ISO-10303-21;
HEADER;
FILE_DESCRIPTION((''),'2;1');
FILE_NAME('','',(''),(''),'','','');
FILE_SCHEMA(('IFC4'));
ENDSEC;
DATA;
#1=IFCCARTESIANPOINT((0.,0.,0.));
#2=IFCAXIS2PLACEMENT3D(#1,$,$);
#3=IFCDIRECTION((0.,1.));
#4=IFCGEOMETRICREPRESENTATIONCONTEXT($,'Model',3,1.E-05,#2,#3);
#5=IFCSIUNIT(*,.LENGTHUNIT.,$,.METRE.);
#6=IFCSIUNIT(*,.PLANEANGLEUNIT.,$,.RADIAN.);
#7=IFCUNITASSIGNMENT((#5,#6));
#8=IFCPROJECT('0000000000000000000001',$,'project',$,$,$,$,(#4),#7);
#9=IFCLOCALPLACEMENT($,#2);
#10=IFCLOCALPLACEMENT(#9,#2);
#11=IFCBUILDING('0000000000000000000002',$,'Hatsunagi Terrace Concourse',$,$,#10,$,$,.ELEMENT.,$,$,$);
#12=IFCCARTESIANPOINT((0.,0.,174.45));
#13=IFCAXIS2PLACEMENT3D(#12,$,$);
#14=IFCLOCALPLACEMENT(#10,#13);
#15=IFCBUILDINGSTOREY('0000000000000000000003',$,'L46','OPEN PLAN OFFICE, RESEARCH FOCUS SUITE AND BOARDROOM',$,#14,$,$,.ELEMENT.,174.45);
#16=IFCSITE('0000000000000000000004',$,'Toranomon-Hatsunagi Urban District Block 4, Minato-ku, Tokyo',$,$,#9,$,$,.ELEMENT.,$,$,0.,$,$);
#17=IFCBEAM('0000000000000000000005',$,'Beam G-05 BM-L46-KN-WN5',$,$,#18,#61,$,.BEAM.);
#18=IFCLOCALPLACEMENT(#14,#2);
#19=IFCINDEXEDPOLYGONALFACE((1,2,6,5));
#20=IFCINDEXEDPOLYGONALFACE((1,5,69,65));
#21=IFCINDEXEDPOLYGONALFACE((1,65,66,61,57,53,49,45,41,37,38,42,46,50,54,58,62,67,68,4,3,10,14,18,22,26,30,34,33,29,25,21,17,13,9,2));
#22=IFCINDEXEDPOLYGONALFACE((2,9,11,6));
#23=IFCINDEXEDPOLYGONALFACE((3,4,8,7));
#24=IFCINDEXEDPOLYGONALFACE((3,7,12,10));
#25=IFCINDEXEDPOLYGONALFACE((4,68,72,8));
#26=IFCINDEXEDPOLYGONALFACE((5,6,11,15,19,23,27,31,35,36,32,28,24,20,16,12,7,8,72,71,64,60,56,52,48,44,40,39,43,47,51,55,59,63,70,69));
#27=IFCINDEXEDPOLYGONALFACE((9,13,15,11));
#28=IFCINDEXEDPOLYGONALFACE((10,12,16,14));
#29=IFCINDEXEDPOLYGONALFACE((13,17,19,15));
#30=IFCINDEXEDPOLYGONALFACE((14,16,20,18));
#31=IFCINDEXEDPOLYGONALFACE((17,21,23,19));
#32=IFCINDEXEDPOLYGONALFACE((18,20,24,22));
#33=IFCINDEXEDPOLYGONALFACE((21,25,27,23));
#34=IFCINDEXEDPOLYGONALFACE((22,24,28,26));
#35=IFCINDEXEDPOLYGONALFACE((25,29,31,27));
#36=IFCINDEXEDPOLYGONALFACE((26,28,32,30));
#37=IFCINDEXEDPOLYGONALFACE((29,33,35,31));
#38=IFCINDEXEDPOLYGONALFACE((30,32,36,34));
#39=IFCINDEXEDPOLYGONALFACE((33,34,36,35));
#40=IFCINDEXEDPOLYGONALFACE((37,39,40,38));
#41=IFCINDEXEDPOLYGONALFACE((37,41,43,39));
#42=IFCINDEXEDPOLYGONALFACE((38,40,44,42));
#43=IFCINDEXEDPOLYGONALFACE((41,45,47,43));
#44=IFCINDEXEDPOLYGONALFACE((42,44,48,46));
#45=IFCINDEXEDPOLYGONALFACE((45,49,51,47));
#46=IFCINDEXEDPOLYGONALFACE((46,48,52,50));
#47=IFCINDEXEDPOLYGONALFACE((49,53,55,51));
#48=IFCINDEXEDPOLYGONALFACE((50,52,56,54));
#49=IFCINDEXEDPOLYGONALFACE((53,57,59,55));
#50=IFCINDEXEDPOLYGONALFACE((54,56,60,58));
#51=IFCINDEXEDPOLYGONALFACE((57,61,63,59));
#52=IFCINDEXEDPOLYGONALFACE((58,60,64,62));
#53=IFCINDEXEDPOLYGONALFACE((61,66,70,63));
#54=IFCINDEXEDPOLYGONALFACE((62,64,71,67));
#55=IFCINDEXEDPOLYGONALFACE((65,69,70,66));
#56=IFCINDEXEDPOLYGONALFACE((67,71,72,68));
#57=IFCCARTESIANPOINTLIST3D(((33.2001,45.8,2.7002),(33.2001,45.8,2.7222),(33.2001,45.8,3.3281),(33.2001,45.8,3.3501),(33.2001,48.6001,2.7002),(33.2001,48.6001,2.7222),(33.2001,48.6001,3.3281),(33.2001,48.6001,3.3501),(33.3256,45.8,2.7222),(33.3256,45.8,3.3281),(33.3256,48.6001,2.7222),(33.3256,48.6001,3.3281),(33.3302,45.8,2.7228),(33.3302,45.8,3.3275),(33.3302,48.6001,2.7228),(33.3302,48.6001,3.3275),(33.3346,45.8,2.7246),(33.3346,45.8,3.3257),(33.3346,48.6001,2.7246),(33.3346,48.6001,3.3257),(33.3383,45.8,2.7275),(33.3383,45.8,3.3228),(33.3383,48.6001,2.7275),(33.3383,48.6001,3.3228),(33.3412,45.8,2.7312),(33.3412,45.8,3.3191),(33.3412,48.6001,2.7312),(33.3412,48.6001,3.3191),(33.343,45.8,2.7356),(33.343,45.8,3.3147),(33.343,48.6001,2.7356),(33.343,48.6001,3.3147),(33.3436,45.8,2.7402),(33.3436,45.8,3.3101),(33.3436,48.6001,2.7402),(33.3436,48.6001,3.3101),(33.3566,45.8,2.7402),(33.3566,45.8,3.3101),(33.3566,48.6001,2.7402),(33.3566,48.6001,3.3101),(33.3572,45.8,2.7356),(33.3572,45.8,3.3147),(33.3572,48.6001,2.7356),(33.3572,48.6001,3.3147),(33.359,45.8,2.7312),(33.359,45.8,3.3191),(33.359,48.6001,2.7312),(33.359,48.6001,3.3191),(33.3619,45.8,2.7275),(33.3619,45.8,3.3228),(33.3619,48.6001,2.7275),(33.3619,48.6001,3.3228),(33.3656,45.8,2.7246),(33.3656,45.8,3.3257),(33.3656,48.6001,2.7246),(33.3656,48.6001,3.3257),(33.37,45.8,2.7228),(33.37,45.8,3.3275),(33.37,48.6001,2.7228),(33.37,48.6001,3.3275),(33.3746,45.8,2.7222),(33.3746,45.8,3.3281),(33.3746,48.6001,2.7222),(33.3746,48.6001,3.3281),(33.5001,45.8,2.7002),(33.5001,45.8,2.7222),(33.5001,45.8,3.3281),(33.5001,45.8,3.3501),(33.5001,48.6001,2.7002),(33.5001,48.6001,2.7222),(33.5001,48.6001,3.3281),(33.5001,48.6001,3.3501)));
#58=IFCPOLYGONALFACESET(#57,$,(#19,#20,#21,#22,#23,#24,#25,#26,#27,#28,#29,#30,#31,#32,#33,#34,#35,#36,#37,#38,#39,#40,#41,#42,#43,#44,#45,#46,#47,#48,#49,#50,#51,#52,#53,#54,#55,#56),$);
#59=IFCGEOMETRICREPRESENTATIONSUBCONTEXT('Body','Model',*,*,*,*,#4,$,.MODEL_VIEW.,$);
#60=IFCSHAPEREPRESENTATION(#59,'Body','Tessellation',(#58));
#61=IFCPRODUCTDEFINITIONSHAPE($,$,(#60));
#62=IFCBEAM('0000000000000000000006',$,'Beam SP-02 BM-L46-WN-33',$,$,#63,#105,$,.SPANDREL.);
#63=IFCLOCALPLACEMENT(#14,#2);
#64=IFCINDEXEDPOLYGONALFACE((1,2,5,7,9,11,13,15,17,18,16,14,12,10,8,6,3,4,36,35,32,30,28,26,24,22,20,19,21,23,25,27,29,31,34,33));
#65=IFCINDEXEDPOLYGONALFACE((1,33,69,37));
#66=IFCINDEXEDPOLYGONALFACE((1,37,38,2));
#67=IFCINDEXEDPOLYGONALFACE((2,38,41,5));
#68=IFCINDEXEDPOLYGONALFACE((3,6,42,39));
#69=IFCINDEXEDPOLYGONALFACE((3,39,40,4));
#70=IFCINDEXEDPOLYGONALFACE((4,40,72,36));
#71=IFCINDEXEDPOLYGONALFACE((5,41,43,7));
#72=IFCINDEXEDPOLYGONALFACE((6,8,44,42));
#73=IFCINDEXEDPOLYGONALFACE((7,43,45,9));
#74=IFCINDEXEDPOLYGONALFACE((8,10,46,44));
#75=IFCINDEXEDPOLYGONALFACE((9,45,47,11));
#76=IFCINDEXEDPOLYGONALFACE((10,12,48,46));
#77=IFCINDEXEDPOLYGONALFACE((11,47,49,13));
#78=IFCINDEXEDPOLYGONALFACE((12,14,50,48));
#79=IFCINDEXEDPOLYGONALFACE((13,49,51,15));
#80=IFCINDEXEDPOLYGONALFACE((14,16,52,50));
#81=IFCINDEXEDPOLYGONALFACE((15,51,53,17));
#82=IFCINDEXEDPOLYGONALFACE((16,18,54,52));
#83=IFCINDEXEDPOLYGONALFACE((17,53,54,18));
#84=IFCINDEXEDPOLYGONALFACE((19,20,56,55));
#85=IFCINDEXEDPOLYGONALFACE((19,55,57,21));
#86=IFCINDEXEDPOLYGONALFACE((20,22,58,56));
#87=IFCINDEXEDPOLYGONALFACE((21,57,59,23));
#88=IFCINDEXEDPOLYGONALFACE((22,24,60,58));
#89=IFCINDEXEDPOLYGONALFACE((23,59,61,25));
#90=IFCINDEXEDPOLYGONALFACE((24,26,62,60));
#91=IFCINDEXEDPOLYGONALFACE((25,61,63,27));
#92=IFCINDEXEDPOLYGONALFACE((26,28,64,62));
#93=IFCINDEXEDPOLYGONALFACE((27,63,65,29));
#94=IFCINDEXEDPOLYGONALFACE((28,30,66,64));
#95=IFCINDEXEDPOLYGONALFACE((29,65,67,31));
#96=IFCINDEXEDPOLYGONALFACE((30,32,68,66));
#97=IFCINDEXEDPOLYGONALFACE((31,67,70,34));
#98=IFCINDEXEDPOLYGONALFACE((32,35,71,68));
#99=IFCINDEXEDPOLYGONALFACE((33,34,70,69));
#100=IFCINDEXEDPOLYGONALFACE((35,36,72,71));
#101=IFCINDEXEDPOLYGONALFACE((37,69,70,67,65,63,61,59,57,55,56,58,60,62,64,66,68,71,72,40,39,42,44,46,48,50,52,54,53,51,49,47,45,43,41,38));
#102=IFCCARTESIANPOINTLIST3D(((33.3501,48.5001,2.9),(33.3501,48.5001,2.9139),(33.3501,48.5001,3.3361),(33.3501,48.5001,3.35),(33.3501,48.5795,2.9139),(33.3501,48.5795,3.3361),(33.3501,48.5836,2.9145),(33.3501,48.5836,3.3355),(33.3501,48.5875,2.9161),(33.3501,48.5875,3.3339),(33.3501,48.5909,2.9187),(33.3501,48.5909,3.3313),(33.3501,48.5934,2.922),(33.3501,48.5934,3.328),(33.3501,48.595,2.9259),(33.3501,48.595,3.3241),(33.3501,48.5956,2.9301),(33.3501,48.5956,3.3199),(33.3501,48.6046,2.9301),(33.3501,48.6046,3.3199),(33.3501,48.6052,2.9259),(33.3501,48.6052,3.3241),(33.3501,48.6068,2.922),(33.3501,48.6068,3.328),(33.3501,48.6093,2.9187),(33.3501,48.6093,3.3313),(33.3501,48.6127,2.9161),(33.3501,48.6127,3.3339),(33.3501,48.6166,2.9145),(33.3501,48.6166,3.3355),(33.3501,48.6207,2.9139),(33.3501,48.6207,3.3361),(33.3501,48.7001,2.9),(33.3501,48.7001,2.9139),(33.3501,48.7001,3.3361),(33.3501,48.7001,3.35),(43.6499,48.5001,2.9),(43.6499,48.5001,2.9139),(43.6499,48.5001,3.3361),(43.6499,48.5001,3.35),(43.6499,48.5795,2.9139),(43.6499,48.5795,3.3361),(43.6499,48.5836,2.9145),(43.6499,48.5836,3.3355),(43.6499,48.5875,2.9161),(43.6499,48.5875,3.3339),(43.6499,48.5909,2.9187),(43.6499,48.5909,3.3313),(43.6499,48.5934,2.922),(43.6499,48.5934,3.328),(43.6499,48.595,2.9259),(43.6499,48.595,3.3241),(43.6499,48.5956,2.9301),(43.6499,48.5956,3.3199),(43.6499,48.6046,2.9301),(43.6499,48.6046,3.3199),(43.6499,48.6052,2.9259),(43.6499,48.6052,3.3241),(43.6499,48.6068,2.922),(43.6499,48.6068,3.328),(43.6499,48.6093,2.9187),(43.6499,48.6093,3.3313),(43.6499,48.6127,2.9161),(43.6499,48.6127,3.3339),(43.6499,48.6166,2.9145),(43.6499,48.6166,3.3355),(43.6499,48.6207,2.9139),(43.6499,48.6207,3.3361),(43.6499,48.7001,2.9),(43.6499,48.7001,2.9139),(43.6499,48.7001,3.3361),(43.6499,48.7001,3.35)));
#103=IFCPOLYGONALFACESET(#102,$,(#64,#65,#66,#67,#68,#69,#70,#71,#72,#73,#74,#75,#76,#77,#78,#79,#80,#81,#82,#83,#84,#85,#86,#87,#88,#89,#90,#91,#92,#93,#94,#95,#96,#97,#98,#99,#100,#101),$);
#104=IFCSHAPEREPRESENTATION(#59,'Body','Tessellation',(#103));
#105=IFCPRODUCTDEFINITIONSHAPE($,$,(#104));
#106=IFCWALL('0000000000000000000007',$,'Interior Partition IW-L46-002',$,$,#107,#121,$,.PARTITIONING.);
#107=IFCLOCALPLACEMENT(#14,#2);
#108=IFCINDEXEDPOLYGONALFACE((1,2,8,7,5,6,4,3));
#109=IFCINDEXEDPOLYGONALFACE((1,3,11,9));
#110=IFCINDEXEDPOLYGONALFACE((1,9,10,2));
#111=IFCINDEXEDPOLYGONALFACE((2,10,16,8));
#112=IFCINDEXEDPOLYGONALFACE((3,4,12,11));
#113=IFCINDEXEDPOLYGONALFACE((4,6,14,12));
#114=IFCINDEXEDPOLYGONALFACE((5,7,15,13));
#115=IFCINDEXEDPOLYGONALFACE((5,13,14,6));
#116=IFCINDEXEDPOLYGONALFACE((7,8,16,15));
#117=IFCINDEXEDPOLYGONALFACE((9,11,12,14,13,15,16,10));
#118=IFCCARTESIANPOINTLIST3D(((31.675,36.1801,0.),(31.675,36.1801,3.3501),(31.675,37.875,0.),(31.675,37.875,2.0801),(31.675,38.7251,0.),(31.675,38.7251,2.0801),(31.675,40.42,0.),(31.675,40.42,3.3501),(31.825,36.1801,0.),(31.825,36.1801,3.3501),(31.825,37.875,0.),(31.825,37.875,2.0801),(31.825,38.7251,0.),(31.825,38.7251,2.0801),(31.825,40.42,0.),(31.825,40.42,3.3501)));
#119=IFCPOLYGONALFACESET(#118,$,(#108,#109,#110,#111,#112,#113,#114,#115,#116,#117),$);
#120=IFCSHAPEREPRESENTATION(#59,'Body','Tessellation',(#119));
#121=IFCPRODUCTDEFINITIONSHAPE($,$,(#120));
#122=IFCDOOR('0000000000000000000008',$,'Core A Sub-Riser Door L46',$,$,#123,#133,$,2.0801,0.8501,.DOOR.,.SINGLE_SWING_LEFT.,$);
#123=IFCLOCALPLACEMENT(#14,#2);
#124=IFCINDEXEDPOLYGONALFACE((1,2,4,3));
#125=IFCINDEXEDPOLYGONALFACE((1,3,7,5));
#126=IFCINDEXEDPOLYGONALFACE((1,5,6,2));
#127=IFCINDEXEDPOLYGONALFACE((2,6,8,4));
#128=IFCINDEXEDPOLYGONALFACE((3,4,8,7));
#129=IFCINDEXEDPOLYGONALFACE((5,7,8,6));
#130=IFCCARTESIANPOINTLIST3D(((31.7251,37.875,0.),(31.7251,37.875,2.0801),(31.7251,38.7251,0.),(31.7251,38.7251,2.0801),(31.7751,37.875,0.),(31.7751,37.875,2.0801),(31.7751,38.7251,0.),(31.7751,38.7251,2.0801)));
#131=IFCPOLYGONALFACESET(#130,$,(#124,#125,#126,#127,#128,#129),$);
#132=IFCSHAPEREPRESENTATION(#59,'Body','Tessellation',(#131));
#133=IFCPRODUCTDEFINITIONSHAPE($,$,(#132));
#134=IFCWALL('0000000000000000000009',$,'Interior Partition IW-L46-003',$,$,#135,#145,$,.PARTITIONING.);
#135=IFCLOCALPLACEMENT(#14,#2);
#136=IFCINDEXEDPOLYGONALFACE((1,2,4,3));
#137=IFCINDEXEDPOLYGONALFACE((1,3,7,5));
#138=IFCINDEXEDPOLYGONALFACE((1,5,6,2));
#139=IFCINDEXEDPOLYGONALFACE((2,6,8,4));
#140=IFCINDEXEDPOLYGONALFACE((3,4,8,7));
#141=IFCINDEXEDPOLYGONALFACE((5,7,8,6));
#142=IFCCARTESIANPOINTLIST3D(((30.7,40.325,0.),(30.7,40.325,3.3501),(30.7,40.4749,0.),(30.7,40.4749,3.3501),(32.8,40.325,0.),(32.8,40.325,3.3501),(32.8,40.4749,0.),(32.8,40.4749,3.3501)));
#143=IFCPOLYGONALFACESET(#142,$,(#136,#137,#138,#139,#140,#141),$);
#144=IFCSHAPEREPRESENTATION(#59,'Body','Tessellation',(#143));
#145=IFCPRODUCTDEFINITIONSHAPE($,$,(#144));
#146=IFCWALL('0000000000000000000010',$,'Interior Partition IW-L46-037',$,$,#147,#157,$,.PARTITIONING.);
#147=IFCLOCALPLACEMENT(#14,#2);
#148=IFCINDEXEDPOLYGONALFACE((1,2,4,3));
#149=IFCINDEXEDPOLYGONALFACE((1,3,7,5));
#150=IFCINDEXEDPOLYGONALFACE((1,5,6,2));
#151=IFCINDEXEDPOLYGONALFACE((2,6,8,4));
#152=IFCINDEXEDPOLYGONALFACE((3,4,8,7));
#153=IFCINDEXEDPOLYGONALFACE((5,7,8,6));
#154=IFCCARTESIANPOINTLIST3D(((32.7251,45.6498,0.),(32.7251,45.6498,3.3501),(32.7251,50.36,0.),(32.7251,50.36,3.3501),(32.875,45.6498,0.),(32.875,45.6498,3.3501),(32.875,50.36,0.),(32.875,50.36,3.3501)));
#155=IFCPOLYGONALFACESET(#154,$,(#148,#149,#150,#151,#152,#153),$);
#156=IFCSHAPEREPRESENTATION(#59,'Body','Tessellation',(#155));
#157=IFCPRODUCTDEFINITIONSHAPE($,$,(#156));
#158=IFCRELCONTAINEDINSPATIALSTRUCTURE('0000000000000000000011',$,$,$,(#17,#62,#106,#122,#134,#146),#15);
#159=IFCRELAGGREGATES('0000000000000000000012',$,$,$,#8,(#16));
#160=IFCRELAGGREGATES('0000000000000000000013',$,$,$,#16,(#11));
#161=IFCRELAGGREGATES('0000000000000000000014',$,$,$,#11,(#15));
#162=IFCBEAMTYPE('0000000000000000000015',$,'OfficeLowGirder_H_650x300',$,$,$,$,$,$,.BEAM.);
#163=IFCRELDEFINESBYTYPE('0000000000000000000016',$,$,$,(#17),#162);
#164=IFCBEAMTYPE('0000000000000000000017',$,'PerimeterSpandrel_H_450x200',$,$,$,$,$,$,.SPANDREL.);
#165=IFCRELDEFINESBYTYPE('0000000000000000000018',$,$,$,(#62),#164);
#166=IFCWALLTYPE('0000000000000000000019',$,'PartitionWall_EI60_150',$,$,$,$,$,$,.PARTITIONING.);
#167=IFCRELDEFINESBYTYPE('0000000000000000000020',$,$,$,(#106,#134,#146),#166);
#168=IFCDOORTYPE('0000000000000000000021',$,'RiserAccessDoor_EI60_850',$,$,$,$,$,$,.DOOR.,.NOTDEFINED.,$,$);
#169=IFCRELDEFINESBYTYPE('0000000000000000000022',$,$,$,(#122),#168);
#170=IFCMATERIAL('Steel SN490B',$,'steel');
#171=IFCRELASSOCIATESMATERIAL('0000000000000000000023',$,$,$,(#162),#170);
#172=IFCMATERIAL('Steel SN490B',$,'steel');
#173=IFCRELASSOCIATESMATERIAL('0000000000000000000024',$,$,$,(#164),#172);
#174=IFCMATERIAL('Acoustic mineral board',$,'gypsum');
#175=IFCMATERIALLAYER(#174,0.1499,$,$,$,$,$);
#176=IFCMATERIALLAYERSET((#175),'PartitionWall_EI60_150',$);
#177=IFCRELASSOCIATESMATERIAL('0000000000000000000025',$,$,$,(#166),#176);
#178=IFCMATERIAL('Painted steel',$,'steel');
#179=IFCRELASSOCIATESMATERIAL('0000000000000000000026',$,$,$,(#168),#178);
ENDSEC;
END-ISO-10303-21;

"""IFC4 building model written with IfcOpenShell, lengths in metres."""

from ifc_helpers import new_model, si_unit, direction, frame, frame_2d, origin, origin_2d, place, context, subcontext, project, spatial, rectangle, i_section, extrude, material, layer, layer_set, material_profile, profile_set, type_object, element, fill, save


model = new_model("IFC4")

# Units and contexts
model_context = context("Model", 3, precision=1e-05, world=origin(), true_north=direction((0.0, 1.0)))
body_context = subcontext(model_context, "Body", "Model", "MODEL_VIEW")
ifc_project = project(units=[si_unit("LENGTHUNIT", "METRE"), si_unit("PLANEANGLEUNIT", "RADIAN")], contexts=[model_context])

# Site, building, storey
site_placement = place(None, origin())
site = spatial("IfcSite", under=ifc_project, at=site_placement, Name="Toranomon-Hatsunagi Urban District Block 4, Minato-ku, Tokyo", CompositionType="ELEMENT", RefElevation=0.0)
building_placement = place(site_placement, origin())
building = spatial("IfcBuilding", under=site, at=building_placement, Name="Hatsunagi Terrace Concourse", CompositionType="ELEMENT")
storey_placement = place(building_placement, frame((0.0, 0.0, 174.45)))
storey = spatial("IfcBuildingStorey", under=building, at=storey_placement, Name="L46", Description="OPEN PLAN OFFICE, RESEARCH FOCUS SUITE AND BOARDROOM", CompositionType="ELEMENT", Elevation=174.45)

# Beams
ifc_material_1 = material(Name="Steel SN490B", Category="steel")
ifc_material_profile_1 = material_profile(ifc_material_1, i_section(OverallWidth=0.3, OverallDepth=0.6499, WebThickness=0.0129, FlangeThickness=0.022, FilletRadius=0.0181, at=origin_2d()), Name="H-650x300x13x22")
ifc_profile_set_1 = profile_set([ifc_material_profile_1], Name="Steel SN490B")
beam_type_1 = type_object("IfcBeamType", Name="OfficeLowGirder_H_650x300", PredefinedType="BEAM", material=ifc_profile_set_1)
beam_1_placement = place(storey_placement, frame((33.3501, 45.8, 3.0251), z_axis=(0.0, 1.0, 0.0), x_axis=(-1.0, 0.0, 0.0)))
element("IfcBeam", 1, at=beam_1_placement, inside=storey, type_object=beam_type_1, Name="Beam G-05 BM-L46-KN-WN5", PredefinedType="BEAM", context=body_context, shape_type="SweptSolid", body=[
    extrude(i_section(OverallWidth=0.3, OverallDepth=0.6499, WebThickness=0.0129, FlangeThickness=0.022, FilletRadius=0.0181, at=origin_2d()), origin(), (0.0, 0.0, 1.0), 2.8),
])
ifc_material_2 = material(Name="Steel SN490B", Category="steel")
ifc_material_profile_2 = material_profile(ifc_material_2, i_section(OverallWidth=0.2, OverallDepth=0.45, WebThickness=0.009, FlangeThickness=0.0139, FilletRadius=0.0161, at=origin_2d()), Name="H-450x200x9x14")
ifc_profile_set_2 = profile_set([ifc_material_profile_2], Name="Steel SN490B")
beam_type_2 = type_object("IfcBeamType", Name="PerimeterSpandrel_H_450x200", PredefinedType="SPANDREL", material=ifc_profile_set_2)
beam_2_placement = place(storey_placement, frame((33.3501, 48.6001, 3.125), z_axis=(1.0, 0.0, 0.0), x_axis=(0.0, 1.0, 0.0)))
element("IfcBeam", 2, at=beam_2_placement, inside=storey, type_object=beam_type_2, Name="Beam SP-02 BM-L46-WN-33", PredefinedType="SPANDREL", context=body_context, shape_type="SweptSolid", body=[
    extrude(i_section(OverallWidth=0.2, OverallDepth=0.45, WebThickness=0.009, FlangeThickness=0.0139, FilletRadius=0.0161, at=origin_2d()), origin(), (0.0, 0.0, 1.0), 10.2998),
])

# Wall, opening, door
ifc_material_3 = material(Name="Acoustic mineral board", Category="gypsum")
ifc_layer_1 = layer(ifc_material_3, 0.1499)
ifc_layer_set_1 = layer_set([ifc_layer_1], Name="PartitionWall_EI60_150")
wall_type_1 = type_object("IfcWallType", Name="PartitionWall_EI60_150", PredefinedType="PARTITIONING", material=ifc_layer_set_1)
wall_1_placement = place(storey_placement, frame((31.75, 36.1799, 0.0), z_axis=(0.0, 0.0, 1.0), x_axis=(0.0, 1.0, 0.0)))
wall_1 = element("IfcWall", 3, at=wall_1_placement, inside=storey, type_object=wall_type_1, Name="Interior Partition IW-L46-002", PredefinedType="PARTITIONING", context=body_context, shape_type="SweptSolid", body=[
    extrude(rectangle(XDim=4.24, YDim=0.1499, at=frame_2d((2.1201, 0.0))), origin(), (0.0, 0.0, 1.0), 3.3501),
])
opening_1_placement = place(wall_1_placement, frame((1.6951, 0.0, 0.0)))
opening_1 = element("IfcOpeningElement", 4, at=opening_1_placement, cuts=wall_1, PredefinedType="OPENING", context=body_context, shape_type="SweptSolid", body=[
    extrude(rectangle(XDim=0.8501, YDim=2.0801, at=frame_2d((0.425, 1.04))), frame((0.0, 0.085, 0.0), z_axis=(0.0, -1.0, 0.0), x_axis=(1.0, 0.0, 0.0)), (0.0, 0.0, 1.0), 0.1699),
])
ifc_material_4 = material(Name="Painted steel", Category="steel")
door_type_1 = type_object("IfcDoorType", Name="RiserAccessDoor_EI60_850", OperationType="NOTDEFINED", PredefinedType="DOOR", material=ifc_material_4)
door_1_placement = place(opening_1_placement, origin())
door_1 = element("IfcDoor", 5, at=door_1_placement, inside=storey, type_object=door_type_1, Name="Core A Sub-Riser Door L46", OperationType="SINGLE_SWING_LEFT", OverallHeight=2.0801, OverallWidth=0.8501, PredefinedType="DOOR", context=body_context, shape_type="SweptSolid", body=[
    extrude(rectangle(XDim=0.8501, YDim=2.0801, at=frame_2d((0.425, 1.04))), frame((0.0, 0.0249, 0.0), z_axis=(0.0, -1.0, 0.0), x_axis=(1.0, 0.0, 0.0)), (0.0, 0.0, 1.0), 0.05),
])
fill(opening_1, door_1)

# Walls
wall_2_placement = place(storey_placement, frame((30.7, 40.3999, 0.0), z_axis=(0.0, 0.0, 1.0), x_axis=(1.0, 0.0, 0.0)))
element("IfcWall", 6, at=wall_2_placement, inside=storey, type_object=wall_type_1, Name="Interior Partition IW-L46-003", PredefinedType="PARTITIONING", context=body_context, shape_type="SweptSolid", body=[
    extrude(rectangle(XDim=2.1001, YDim=0.1499, at=frame_2d((1.05, 0.0))), origin(), (0.0, 0.0, 1.0), 3.3501),
])
wall_3_placement = place(storey_placement, frame((32.8, 45.6499, 0.0), z_axis=(0.0, 0.0, 1.0), x_axis=(0.0, 1.0, 0.0)))
element("IfcWall", 7, at=wall_3_placement, inside=storey, type_object=wall_type_1, Name="Interior Partition IW-L46-037", PredefinedType="PARTITIONING", context=body_context, shape_type="SweptSolid", body=[
    extrude(rectangle(XDim=4.7102, YDim=0.1499, at=frame_2d((2.355, 0.0))), origin(), (0.0, 0.0, 1.0), 3.3501),
])

save(model, "model.ifc")
